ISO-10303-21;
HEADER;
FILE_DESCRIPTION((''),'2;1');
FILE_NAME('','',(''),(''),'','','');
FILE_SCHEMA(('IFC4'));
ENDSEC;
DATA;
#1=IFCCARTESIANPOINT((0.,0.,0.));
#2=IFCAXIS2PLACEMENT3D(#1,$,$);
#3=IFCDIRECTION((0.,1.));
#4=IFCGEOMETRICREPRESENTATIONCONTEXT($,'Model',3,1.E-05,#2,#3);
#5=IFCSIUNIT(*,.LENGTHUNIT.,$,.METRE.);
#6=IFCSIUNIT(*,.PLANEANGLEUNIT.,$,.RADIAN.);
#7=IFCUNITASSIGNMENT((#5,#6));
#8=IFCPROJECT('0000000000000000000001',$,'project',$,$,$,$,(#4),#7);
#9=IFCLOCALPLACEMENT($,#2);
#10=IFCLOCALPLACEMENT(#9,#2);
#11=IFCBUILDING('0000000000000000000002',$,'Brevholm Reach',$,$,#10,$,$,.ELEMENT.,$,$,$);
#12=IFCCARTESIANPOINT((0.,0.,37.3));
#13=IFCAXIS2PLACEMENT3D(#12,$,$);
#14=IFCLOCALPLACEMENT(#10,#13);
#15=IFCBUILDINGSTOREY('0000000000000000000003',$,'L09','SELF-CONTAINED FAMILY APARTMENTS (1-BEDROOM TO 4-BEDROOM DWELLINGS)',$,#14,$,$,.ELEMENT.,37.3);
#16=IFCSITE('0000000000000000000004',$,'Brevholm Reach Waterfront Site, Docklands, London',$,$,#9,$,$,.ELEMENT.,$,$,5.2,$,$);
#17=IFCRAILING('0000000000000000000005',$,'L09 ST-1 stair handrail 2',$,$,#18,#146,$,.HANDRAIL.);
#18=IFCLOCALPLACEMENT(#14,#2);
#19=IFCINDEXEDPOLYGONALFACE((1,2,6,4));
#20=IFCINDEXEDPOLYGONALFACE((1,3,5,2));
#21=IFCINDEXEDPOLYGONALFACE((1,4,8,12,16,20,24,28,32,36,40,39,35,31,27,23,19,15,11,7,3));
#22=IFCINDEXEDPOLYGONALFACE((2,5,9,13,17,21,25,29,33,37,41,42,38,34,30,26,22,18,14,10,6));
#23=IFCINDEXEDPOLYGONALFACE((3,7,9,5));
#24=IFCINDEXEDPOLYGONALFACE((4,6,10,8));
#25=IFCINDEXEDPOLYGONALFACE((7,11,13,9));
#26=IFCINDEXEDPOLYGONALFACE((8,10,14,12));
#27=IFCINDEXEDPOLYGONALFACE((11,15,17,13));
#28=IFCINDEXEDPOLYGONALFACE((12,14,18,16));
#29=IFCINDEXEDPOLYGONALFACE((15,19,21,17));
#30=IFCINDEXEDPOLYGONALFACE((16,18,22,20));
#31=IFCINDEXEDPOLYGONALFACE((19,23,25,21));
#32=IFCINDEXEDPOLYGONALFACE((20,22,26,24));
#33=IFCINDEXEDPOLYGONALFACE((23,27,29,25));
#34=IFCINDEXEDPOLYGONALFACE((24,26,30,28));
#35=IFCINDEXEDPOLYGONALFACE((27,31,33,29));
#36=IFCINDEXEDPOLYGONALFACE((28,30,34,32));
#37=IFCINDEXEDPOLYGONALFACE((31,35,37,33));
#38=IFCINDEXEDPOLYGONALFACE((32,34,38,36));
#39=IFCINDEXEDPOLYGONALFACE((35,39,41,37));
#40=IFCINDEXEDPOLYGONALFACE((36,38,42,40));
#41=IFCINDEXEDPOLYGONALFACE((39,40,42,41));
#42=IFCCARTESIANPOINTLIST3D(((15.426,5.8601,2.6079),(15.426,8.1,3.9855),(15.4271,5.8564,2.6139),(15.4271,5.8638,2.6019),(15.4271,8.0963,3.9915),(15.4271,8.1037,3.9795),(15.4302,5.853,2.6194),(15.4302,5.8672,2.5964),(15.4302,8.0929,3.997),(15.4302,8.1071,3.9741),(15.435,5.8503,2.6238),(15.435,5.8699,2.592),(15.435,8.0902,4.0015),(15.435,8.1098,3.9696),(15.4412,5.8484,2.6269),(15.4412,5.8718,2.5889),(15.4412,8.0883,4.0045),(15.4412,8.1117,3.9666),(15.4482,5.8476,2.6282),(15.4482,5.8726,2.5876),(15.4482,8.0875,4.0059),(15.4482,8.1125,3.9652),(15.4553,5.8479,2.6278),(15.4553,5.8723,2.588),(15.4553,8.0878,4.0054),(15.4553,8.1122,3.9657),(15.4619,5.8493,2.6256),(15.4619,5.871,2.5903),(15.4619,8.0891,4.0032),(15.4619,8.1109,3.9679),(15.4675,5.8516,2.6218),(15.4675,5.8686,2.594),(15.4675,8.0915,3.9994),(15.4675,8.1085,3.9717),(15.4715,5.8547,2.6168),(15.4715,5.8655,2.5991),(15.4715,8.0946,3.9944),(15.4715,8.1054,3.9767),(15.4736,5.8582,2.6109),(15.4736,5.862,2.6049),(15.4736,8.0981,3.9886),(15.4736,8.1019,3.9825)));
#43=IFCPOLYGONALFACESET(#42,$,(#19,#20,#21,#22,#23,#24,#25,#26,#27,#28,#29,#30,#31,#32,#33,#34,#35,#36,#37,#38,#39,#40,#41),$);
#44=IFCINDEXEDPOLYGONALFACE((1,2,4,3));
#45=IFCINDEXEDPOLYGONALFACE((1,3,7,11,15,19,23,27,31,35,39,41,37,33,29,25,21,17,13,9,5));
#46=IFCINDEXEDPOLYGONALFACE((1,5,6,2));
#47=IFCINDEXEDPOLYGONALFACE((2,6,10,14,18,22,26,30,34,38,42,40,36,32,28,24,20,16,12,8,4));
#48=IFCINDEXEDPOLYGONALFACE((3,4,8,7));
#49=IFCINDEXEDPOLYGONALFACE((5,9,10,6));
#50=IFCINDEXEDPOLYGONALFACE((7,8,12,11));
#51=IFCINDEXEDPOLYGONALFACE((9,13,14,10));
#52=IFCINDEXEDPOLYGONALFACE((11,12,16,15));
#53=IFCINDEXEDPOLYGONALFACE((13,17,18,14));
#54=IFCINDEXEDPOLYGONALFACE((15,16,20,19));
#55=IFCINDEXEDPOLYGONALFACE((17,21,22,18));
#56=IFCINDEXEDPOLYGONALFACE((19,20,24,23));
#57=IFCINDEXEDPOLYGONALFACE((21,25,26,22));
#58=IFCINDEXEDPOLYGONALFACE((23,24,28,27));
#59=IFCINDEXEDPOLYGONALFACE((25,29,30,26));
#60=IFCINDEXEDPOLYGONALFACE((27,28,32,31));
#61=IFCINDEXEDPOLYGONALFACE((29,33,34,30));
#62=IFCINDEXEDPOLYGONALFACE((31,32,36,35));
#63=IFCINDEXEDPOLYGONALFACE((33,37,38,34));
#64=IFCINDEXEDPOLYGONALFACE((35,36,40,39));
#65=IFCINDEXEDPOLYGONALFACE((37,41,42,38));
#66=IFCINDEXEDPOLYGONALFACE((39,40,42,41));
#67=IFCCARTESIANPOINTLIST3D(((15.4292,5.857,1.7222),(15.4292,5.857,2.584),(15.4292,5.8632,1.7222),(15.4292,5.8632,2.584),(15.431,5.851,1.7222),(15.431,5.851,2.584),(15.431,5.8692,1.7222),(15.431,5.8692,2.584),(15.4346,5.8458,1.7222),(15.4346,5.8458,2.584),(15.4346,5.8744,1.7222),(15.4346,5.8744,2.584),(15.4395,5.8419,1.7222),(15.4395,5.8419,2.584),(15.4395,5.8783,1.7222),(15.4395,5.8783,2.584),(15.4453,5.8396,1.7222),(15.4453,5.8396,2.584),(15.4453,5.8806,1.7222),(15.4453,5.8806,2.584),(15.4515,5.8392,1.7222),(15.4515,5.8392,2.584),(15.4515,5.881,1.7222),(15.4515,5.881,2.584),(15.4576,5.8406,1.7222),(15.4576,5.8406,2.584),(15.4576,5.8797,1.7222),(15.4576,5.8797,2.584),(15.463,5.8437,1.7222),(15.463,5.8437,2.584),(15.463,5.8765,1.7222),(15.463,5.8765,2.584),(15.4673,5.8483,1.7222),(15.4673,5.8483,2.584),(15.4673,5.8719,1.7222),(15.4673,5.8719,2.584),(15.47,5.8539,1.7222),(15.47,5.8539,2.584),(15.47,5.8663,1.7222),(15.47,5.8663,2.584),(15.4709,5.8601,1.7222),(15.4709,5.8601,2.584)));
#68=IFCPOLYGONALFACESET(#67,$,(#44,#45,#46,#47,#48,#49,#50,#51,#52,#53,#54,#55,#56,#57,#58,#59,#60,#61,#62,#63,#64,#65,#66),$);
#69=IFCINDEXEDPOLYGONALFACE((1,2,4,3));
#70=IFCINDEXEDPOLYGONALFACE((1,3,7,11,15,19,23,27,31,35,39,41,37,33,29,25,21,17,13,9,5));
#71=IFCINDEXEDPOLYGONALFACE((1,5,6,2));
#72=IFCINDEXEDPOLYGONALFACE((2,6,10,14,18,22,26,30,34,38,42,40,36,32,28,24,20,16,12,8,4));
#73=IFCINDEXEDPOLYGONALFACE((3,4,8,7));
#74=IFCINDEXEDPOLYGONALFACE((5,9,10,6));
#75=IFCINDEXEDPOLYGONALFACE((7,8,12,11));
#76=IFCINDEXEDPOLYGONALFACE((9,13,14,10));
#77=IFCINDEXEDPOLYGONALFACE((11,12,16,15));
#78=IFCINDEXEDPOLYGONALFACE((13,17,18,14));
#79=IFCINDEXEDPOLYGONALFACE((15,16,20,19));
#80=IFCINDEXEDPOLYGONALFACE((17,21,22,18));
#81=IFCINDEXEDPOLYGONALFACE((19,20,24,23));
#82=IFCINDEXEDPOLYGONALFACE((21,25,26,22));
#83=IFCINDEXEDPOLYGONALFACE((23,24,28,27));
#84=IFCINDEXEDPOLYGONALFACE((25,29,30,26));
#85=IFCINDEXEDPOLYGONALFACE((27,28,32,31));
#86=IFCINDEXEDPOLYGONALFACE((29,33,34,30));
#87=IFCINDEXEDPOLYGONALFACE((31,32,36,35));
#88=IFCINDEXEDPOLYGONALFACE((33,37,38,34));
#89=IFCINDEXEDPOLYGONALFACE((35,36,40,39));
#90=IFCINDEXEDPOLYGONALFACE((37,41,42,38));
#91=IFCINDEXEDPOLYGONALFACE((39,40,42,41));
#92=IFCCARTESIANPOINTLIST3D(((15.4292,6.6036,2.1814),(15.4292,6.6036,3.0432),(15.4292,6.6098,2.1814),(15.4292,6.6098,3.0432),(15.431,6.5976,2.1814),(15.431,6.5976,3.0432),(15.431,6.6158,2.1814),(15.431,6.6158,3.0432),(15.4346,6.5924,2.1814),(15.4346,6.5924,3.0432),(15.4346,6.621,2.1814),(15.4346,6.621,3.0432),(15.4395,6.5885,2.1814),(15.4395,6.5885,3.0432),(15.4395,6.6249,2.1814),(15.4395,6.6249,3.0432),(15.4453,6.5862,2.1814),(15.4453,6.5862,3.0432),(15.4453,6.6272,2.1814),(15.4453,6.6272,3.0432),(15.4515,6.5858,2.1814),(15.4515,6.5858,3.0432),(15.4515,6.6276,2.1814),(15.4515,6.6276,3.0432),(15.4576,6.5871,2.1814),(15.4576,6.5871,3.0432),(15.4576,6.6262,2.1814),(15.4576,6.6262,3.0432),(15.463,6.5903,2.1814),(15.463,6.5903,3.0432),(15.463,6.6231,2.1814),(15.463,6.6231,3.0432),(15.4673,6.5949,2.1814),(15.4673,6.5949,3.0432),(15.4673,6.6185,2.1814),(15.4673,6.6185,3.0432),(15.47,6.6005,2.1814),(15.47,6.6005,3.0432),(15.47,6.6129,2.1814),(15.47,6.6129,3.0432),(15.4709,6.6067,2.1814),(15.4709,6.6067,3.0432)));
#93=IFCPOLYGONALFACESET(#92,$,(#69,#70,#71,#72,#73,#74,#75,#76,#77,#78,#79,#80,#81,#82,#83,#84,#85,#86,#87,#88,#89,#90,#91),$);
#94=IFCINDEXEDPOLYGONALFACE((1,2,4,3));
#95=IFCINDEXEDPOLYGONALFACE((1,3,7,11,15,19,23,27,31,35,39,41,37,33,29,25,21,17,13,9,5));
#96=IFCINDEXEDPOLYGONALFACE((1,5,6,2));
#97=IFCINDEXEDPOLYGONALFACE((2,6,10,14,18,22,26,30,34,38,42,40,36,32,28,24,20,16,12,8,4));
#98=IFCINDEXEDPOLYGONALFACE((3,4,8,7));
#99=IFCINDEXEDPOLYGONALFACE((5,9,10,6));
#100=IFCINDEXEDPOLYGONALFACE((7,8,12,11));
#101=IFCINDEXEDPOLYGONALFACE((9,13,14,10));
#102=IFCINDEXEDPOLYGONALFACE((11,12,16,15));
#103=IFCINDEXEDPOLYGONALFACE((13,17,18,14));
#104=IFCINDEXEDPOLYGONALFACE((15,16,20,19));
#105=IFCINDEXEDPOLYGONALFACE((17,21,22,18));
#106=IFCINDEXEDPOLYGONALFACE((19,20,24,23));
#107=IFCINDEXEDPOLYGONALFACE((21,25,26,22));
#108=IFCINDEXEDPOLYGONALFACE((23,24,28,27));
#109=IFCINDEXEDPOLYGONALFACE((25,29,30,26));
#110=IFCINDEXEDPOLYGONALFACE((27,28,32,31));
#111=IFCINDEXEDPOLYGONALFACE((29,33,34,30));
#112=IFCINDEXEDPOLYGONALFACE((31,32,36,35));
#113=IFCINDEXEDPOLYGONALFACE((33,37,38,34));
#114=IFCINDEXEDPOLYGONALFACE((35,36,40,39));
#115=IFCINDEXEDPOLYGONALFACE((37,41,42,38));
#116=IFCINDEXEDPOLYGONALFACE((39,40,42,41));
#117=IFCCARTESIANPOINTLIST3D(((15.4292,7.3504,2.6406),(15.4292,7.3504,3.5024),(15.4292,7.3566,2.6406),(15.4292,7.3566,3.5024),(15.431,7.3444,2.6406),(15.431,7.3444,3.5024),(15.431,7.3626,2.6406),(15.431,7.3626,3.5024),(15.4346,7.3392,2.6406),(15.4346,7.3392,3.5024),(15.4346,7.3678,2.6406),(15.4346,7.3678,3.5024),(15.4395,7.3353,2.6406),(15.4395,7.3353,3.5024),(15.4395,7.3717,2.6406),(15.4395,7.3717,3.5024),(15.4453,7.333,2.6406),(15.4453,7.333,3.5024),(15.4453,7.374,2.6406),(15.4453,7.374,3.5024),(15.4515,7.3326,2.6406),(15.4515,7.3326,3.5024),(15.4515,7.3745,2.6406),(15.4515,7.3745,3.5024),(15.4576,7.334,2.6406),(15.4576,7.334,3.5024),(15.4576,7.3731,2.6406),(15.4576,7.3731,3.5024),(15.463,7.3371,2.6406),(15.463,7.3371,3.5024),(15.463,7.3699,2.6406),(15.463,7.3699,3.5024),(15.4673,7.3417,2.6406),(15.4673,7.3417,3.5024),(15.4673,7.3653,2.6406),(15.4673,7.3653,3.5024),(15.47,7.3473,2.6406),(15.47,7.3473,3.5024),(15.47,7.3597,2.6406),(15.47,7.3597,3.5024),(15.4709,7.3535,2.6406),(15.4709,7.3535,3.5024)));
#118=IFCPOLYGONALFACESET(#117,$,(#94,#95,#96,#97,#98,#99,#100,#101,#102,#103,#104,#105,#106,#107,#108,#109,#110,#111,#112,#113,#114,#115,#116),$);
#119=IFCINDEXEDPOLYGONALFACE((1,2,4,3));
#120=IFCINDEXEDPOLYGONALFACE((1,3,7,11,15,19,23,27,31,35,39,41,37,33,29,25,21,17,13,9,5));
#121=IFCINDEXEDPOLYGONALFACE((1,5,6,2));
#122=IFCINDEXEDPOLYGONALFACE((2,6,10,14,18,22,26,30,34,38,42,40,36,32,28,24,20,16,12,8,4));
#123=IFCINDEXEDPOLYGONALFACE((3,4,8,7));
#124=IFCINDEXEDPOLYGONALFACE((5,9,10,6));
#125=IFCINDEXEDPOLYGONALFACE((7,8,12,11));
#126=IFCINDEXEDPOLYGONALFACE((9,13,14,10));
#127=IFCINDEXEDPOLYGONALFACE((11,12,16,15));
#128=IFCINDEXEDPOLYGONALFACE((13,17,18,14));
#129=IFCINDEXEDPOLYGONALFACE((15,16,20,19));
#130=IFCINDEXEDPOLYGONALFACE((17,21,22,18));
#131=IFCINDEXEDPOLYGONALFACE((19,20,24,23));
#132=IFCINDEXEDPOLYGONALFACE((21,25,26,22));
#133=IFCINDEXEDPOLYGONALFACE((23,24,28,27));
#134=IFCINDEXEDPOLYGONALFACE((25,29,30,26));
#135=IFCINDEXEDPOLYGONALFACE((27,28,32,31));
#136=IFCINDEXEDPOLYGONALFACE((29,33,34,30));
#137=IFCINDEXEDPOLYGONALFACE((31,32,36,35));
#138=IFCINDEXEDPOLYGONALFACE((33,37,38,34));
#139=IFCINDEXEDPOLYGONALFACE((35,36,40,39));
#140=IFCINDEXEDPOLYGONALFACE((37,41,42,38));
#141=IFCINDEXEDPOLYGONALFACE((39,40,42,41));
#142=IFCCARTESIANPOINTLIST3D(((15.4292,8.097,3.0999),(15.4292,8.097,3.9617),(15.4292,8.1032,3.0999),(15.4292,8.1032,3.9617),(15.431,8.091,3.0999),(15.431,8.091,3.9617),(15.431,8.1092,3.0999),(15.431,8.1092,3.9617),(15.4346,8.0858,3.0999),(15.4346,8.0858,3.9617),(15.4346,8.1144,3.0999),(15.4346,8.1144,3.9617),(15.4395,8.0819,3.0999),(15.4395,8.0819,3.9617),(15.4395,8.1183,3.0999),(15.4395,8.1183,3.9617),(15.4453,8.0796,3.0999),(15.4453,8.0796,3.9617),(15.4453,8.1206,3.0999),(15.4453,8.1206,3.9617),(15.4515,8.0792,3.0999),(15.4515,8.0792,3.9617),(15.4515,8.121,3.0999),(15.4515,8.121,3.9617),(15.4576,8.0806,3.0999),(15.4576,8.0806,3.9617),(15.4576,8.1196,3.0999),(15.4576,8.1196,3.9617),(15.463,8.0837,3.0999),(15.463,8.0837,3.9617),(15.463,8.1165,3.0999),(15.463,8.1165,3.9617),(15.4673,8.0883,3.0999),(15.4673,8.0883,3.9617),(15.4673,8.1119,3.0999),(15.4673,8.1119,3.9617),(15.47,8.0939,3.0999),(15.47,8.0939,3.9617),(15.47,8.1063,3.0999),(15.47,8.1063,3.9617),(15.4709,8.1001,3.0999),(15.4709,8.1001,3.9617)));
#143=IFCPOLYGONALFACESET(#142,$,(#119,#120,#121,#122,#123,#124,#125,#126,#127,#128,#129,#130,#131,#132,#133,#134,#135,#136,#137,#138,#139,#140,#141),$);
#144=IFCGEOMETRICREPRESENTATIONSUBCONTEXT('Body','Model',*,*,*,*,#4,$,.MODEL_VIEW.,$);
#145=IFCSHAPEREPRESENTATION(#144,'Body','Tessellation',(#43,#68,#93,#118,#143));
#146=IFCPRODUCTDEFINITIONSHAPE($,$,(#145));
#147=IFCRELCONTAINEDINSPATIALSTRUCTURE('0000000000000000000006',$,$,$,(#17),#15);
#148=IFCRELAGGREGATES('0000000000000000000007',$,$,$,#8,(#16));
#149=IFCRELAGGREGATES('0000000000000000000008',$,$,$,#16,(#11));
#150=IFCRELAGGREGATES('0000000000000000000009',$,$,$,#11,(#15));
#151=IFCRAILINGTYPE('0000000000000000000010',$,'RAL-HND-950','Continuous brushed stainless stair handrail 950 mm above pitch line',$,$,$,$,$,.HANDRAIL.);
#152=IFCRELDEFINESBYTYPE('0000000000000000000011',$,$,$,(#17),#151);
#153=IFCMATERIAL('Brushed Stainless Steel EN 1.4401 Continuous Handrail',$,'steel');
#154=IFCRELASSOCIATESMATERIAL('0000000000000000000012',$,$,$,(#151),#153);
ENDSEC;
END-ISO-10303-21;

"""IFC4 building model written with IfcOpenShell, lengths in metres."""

from ifc_helpers import new_model, si_unit, direction, frame, origin, origin_2d, place, context, subcontext, project, spatial, circle, extrude, material, type_object, element, save


model = new_model("IFC4")

# Units and contexts
model_context = context("Model", 3, precision=1e-05, world=origin(), true_north=direction((0.0, 1.0)))
body_context = subcontext(model_context, "Body", "Model", "MODEL_VIEW")
ifc_project = project(units=[si_unit("LENGTHUNIT", "METRE"), si_unit("PLANEANGLEUNIT", "RADIAN")], contexts=[model_context])

# Site, building, storey
site_placement = place(None, origin())
site = spatial("IfcSite", under=ifc_project, at=site_placement, Name="Brevholm Reach Waterfront Site, Docklands, London", CompositionType="ELEMENT", RefElevation=5.2)
building_placement = place(site_placement, origin())
building = spatial("IfcBuilding", under=site, at=building_placement, Name="Brevholm Reach", CompositionType="ELEMENT")
storey_placement = place(building_placement, frame((0.0, 0.0, 37.3)))
storey = spatial("IfcBuildingStorey", under=building, at=storey_placement, Name="L09", Description="SELF-CONTAINED FAMILY APARTMENTS (1-BEDROOM TO 4-BEDROOM DWELLINGS)", CompositionType="ELEMENT", Elevation=37.3)

# Railing
ifc_material_1 = material(Name="Brushed Stainless Steel EN 1.4401 Continuous Handrail", Category="steel")
railing_type_1 = type_object("IfcRailingType", Name="RAL-HND-950", Description="Continuous brushed stainless stair handrail 950 mm above pitch line", PredefinedType="HANDRAIL", material=ifc_material_1)
railing_1_placement = place(storey_placement, frame((15.45, 5.8601, 1.7222)))
element("IfcRailing", 1, at=railing_1_placement, inside=storey, type_object=railing_type_1, Name="L09 ST-1 stair handrail 2", PredefinedType="HANDRAIL", context=body_context, shape_type="SweptSolid", body=[
    extrude(circle(Radius=0.0239, at=origin_2d()), frame((0.0, 0.0, 0.8857), z_axis=(0.0, 0.851789, 0.523885), x_axis=(-1.0, 0.0, 0.0)), (0.0, 0.0, 1.0), 2.6296),
    extrude(circle(Radius=0.021, at=origin_2d()), origin(), (0.0, 0.0, 1.0), 0.8618),
    extrude(circle(Radius=0.021, at=origin_2d()), frame((0.0, 0.7466, 0.4592)), (0.0, 0.0, 1.0), 0.8618),
    extrude(circle(Radius=0.021, at=origin_2d()), frame((0.0, 1.4934, 0.9185)), (0.0, 0.0, 1.0), 0.8618),
    extrude(circle(Radius=0.021, at=origin_2d()), frame((0.0, 2.24, 1.3777)), (0.0, 0.0, 1.0), 0.8618),
])

save(model, "model.ifc")
